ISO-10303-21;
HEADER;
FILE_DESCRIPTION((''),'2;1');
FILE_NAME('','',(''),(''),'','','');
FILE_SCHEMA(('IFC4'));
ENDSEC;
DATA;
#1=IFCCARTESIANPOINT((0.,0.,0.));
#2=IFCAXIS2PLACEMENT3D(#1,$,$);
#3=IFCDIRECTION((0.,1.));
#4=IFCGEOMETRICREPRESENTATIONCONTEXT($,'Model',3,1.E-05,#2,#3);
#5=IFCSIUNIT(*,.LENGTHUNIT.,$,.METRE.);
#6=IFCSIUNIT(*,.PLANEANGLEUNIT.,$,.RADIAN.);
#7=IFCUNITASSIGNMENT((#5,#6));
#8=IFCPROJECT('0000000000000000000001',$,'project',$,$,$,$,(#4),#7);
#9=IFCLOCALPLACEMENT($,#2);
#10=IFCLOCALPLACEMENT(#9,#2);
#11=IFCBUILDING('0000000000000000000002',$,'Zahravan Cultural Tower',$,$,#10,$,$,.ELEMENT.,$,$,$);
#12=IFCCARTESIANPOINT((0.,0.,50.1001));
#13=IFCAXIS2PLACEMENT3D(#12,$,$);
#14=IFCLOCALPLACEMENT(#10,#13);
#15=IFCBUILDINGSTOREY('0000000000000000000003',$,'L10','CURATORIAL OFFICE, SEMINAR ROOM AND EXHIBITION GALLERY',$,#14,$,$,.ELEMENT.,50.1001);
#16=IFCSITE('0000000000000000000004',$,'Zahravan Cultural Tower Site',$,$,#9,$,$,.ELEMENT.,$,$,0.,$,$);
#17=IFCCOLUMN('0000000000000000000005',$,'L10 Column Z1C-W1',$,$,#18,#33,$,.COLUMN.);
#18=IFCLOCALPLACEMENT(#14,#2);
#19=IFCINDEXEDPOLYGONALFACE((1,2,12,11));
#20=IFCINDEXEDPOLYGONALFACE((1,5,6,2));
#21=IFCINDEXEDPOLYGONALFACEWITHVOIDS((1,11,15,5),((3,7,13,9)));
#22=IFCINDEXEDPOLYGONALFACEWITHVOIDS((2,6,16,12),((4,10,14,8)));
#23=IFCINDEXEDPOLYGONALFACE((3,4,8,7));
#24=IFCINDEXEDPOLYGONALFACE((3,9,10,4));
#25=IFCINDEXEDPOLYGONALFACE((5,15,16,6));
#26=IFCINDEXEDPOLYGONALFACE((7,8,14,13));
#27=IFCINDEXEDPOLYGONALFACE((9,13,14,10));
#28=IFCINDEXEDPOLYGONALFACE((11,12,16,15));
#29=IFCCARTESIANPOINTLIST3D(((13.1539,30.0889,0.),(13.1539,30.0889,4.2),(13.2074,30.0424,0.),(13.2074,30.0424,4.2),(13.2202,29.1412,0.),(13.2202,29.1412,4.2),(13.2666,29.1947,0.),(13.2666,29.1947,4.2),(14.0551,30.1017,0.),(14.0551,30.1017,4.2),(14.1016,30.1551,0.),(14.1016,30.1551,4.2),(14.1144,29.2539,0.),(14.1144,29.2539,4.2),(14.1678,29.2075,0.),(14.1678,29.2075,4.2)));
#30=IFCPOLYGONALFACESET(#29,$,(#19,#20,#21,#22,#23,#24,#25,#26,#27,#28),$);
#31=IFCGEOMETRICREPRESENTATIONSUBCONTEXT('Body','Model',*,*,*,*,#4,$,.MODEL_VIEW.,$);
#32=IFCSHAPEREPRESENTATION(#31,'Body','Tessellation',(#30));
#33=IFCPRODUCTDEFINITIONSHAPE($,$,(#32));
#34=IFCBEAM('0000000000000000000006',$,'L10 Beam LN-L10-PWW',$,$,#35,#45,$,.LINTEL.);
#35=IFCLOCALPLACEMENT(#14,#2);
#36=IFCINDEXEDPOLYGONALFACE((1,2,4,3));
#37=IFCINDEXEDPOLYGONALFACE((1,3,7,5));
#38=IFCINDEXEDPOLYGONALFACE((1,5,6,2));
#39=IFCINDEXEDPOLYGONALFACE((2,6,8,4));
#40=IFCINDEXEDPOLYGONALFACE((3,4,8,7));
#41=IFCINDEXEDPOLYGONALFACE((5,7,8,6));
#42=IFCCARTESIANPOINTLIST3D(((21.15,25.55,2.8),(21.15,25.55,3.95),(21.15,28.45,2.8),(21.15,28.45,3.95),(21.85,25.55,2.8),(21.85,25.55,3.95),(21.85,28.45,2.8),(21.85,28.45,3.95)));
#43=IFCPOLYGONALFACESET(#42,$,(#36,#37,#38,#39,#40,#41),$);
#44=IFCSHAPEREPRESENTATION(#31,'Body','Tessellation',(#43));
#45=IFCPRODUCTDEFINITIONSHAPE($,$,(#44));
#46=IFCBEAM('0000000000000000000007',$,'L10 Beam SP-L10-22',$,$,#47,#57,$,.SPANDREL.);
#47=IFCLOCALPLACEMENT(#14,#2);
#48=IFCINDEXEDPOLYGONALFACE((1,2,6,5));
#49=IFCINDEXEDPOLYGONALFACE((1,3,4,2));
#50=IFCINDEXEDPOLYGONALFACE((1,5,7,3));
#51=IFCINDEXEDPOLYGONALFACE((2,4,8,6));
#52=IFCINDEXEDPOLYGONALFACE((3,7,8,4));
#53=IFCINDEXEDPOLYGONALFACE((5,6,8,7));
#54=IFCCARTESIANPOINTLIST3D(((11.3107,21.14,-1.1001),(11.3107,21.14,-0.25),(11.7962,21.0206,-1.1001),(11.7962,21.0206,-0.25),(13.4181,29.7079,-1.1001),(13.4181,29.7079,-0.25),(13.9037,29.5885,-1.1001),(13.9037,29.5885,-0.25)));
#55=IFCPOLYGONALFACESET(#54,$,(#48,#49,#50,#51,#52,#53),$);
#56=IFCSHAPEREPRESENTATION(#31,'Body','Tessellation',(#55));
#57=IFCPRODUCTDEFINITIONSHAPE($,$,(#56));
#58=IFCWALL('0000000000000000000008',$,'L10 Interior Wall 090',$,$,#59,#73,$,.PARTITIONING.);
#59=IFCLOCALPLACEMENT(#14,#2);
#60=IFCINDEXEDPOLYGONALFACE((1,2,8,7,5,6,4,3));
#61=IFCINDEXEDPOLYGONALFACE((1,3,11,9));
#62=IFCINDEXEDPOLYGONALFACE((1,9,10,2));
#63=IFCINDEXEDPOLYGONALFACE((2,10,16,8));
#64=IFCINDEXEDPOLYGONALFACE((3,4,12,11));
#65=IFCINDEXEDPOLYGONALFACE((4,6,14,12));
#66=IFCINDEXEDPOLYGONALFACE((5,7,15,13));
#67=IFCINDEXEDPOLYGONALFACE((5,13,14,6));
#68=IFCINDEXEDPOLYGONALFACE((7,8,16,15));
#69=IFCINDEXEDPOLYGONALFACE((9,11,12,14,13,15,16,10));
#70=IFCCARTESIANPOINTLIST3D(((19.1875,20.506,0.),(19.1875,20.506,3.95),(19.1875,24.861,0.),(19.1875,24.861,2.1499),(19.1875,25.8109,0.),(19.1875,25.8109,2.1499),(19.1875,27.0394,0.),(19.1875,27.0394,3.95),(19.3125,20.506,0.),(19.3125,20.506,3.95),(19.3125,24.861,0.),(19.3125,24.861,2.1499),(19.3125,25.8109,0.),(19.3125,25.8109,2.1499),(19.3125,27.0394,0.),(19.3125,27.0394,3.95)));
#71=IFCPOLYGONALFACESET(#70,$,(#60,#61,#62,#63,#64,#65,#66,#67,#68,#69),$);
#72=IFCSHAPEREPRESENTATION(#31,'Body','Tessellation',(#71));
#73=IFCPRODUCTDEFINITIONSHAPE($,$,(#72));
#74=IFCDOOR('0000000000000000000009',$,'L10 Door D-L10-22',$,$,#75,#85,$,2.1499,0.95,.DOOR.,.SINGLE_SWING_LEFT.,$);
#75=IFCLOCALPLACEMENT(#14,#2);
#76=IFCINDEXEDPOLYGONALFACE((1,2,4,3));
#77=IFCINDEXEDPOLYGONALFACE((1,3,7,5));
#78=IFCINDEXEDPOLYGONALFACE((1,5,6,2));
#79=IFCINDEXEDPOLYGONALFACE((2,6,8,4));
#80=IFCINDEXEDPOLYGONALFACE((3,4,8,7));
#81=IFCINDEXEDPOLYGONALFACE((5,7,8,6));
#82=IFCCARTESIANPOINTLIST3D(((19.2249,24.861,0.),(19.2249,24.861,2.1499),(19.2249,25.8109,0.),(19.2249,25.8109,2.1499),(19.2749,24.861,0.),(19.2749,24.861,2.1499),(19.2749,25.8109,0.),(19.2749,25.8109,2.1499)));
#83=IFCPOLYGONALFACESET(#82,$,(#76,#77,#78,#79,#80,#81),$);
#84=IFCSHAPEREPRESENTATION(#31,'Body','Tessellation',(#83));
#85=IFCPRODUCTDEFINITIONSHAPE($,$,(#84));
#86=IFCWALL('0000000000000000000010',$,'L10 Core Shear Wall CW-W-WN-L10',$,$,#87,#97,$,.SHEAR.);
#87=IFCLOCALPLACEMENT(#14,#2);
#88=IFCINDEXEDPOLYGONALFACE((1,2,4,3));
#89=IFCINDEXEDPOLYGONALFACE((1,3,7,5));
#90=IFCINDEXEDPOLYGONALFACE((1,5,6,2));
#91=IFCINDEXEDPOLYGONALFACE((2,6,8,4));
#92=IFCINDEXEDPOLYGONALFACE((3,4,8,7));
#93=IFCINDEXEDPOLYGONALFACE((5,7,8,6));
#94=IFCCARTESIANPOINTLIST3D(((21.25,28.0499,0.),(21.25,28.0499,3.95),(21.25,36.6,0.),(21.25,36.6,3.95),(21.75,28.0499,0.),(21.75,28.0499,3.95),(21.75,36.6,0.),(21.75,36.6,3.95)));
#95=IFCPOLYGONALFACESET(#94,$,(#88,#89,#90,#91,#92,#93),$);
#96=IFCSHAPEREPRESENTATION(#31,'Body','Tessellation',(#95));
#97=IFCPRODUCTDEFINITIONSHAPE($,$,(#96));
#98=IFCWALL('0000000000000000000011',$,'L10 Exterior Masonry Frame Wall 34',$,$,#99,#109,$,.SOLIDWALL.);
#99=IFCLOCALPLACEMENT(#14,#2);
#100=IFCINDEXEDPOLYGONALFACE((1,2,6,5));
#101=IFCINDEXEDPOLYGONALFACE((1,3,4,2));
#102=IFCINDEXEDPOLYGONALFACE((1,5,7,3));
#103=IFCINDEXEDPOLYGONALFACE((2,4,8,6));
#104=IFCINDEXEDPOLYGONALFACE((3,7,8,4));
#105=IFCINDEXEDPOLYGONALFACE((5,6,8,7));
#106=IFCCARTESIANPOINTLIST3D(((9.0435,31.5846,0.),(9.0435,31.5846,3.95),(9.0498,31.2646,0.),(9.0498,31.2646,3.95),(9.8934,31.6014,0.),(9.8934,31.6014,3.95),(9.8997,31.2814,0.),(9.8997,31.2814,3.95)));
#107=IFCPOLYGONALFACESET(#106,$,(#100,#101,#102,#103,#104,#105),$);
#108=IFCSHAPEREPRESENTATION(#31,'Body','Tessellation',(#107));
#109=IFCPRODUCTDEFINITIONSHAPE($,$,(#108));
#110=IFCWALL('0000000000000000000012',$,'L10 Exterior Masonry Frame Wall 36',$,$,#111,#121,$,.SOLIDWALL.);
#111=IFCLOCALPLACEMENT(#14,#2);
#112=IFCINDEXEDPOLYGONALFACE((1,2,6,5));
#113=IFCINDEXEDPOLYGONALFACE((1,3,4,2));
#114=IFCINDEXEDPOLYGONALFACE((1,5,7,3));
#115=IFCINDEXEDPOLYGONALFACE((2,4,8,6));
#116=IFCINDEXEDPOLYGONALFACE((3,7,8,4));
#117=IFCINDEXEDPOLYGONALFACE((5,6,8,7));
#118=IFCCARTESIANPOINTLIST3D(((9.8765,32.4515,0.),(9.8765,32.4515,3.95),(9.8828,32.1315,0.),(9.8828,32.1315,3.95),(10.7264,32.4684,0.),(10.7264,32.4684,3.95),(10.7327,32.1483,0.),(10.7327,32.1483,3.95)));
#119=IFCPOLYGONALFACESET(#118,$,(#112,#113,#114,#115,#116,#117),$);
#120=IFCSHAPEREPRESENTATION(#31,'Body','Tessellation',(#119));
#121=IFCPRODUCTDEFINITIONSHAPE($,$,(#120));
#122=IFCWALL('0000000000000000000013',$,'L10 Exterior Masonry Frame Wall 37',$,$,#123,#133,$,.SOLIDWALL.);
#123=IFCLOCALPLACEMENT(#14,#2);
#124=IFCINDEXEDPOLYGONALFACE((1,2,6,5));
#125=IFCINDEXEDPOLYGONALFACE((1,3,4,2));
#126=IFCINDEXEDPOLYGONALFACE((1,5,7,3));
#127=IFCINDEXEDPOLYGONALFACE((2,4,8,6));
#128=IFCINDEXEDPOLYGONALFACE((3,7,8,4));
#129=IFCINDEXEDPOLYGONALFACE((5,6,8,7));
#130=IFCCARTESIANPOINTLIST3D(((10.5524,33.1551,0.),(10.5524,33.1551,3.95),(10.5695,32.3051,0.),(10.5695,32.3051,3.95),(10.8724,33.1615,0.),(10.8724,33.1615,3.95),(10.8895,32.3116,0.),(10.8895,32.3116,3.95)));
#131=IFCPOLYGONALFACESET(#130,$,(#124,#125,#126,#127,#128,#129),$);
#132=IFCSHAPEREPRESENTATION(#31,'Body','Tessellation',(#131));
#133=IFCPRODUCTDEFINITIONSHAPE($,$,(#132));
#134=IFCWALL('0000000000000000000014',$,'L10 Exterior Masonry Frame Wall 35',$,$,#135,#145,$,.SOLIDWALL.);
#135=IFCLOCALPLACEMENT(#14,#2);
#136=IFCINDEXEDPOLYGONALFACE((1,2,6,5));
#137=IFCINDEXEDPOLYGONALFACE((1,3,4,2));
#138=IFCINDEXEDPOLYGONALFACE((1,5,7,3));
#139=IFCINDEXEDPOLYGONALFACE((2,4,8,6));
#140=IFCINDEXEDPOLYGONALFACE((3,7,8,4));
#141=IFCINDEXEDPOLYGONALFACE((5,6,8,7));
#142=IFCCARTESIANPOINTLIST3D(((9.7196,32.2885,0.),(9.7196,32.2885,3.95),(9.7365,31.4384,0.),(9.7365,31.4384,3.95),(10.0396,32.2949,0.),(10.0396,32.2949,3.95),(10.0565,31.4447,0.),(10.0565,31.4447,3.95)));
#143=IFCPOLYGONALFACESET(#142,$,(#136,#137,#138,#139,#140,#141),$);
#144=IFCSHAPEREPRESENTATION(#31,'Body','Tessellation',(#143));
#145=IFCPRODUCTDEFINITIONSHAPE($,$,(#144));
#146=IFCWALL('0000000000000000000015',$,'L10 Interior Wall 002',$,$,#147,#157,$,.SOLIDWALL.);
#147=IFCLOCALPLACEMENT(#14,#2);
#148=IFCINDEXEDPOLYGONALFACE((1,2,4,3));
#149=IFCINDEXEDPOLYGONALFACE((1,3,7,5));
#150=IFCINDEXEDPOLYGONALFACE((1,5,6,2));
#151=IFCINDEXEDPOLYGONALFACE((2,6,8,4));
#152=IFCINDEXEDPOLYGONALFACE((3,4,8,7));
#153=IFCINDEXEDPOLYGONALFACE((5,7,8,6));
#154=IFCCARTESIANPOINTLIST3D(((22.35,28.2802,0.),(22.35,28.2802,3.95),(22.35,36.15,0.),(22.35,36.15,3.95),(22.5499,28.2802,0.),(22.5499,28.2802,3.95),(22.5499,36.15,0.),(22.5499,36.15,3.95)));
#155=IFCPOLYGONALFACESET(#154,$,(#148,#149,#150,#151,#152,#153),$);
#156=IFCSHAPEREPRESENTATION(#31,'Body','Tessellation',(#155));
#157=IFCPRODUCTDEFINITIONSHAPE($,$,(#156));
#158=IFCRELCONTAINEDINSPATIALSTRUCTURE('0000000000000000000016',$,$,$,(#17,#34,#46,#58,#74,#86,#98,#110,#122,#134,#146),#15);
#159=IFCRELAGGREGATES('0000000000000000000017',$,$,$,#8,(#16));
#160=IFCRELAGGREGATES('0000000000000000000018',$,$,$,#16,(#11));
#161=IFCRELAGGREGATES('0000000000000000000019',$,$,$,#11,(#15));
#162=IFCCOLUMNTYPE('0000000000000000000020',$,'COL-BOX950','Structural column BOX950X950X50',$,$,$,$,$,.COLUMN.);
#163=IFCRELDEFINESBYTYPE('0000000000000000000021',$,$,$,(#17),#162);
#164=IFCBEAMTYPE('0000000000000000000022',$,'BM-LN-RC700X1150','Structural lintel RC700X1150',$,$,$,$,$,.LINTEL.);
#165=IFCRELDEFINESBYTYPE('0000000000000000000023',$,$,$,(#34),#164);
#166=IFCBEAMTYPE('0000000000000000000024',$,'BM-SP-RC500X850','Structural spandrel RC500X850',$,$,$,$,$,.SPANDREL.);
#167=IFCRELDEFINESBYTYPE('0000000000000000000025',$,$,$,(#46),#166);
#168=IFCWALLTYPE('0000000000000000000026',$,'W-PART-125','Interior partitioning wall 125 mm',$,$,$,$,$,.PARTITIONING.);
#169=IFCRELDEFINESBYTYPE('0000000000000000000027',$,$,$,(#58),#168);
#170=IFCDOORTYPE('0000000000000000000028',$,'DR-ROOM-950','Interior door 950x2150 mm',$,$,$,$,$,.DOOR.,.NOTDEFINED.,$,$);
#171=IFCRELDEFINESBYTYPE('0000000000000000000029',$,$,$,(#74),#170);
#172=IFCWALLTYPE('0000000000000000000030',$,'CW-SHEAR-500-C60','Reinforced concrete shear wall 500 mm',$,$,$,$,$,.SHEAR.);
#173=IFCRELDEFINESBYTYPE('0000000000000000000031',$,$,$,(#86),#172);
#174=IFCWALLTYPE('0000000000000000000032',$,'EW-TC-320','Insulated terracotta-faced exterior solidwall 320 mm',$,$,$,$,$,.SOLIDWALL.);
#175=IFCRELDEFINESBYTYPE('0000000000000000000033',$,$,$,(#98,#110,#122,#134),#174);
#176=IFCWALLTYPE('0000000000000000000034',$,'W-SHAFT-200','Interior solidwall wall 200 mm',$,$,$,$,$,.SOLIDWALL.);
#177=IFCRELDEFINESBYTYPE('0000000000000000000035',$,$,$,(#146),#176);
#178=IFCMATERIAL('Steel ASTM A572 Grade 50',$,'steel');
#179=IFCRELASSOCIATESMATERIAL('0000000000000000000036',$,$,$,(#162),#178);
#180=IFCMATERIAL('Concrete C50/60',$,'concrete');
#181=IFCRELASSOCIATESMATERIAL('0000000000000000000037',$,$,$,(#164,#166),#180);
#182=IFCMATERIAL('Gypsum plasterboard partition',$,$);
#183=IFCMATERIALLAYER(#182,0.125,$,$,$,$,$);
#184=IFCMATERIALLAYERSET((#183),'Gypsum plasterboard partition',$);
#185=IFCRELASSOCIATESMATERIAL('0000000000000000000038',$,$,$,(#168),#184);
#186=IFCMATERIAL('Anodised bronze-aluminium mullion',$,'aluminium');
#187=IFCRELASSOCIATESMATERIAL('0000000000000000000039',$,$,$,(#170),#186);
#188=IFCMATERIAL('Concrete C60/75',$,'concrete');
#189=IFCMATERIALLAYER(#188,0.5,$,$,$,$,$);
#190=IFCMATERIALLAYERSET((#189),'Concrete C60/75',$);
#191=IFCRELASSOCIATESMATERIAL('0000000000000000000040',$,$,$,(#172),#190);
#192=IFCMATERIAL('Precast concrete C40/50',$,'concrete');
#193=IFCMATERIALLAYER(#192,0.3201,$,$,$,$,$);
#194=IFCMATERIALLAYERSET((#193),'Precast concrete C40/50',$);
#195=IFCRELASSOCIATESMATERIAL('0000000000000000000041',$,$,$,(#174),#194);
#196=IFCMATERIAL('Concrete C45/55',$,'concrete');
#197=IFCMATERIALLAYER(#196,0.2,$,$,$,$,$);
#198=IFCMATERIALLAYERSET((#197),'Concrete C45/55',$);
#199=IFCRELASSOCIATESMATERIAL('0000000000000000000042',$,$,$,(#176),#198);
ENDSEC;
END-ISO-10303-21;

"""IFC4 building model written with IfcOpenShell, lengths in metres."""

from ifc_helpers import new_model, si_unit, direction, frame, frame_2d, origin, origin_2d, place, context, subcontext, project, spatial, rectangle, hollow_rectangle, extrude, source, transform, mapped, material, layer, layer_set, material_profile, profile_set, type_object, element, fill, save


model = new_model("IFC4")

# Units and contexts
model_context = context("Model", 3, precision=1e-05, world=origin(), true_north=direction((0.0, 1.0)))
body_context = subcontext(model_context, "Body", "Model", "MODEL_VIEW")
ifc_project = project(units=[si_unit("LENGTHUNIT", "METRE"), si_unit("PLANEANGLEUNIT", "RADIAN")], contexts=[model_context])

# Site, building, storey
site_placement = place(None, origin())
site = spatial("IfcSite", under=ifc_project, at=site_placement, Name="Zahravan Cultural Tower Site", CompositionType="ELEMENT", RefElevation=0.0)
building_placement = place(site_placement, origin())
building = spatial("IfcBuilding", under=site, at=building_placement, Name="Zahravan Cultural Tower", CompositionType="ELEMENT")
storey_placement = place(building_placement, frame((0.0, 0.0, 50.1001)))
storey = spatial("IfcBuildingStorey", under=building, at=storey_placement, Name="L10", Description="CURATORIAL OFFICE, SEMINAR ROOM AND EXHIBITION GALLERY", CompositionType="ELEMENT", Elevation=50.1001)

# Column
ifc_material_1 = material(Name="Steel ASTM A572 Grade 50", Category="steel")
ifc_material_profile_1 = material_profile(ifc_material_1, hollow_rectangle(XDim=0.95, YDim=0.95, WallThickness=0.05, at=origin_2d()), Name="BOX950X950X50")
ifc_profile_set_1 = profile_set([ifc_material_profile_1], Name="Steel ASTM A572 Grade 50")
column_type = type_object("IfcColumnType", Name="COL-BOX950", Description="Structural column BOX950X950X50", PredefinedType="COLUMN", material=ifc_profile_set_1)
shared_shape_1 = source(origin(), body_context, "Body", "SweptSolid", [
    extrude(hollow_rectangle(XDim=0.95, YDim=0.95, WallThickness=0.05, at=origin_2d()), origin(), (0.0, 0.0, 1.0), 4.2),
])
column_placement = place(storey_placement, frame((13.6609, 29.6482, 0.0), z_axis=(0.0, 0.0, 1.0), x_axis=(0.997564, 0.069756, 0.0)))
element("IfcColumn", 1, at=column_placement, inside=storey, type_object=column_type, Name="L10 Column Z1C-W1", PredefinedType="COLUMN", context=body_context, shape_type="MappedRepresentation", body=[
    mapped(shared_shape_1, transform((0.0, 0.0, 0.0), x_axis=(1.0, 0.0, 0.0), y_axis=(0.0, 1.0, 0.0), z_axis=(0.0, 0.0, 1.0), scale=1.0)),
])

# Beams
ifc_material_2 = material(Name="Concrete C50/60", Category="concrete")
ifc_material_profile_2 = material_profile(ifc_material_2, rectangle(XDim=0.7, YDim=1.1499, at=origin_2d()), Name="RC700X1150")
ifc_profile_set_2 = profile_set([ifc_material_profile_2], Name="Concrete C50/60")
beam_type_1 = type_object("IfcBeamType", Name="BM-LN-RC700X1150", Description="Structural lintel RC700X1150", PredefinedType="LINTEL", material=ifc_profile_set_2)
shared_shape_2 = source(origin(), body_context, "Body", "SweptSolid", [
    extrude(rectangle(XDim=0.7, YDim=1.1499, at=origin_2d()), origin(), (0.0, 0.0, 1.0), 2.8999),
])
beam_1_placement = place(storey_placement, frame((21.5, 25.55, 3.375), z_axis=(0.0, 1.0, 0.0), x_axis=(-1.0, 0.0, 0.0)))
element("IfcBeam", 2, at=beam_1_placement, inside=storey, type_object=beam_type_1, Name="L10 Beam LN-L10-PWW", PredefinedType="LINTEL", context=body_context, shape_type="MappedRepresentation", body=[
    mapped(shared_shape_2, transform((0.0, 0.0, 0.0), x_axis=(1.0, 0.0, 0.0), y_axis=(0.0, 1.0, 0.0), z_axis=(0.0, 0.0, 1.0), scale=1.0)),
])
ifc_material_profile_3 = material_profile(ifc_material_2, rectangle(XDim=0.5, YDim=0.8501, at=origin_2d()), Name="RC500X850")
ifc_profile_set_3 = profile_set([ifc_material_profile_3], Name="Concrete C50/60")
beam_type_2 = type_object("IfcBeamType", Name="BM-SP-RC500X850", Description="Structural spandrel RC500X850", PredefinedType="SPANDREL", material=ifc_profile_set_3)
shared_shape_3 = source(origin(), body_context, "Body", "SweptSolid", [
    extrude(rectangle(XDim=0.5, YDim=0.8501, at=origin_2d()), origin(), (0.0, 0.0, 1.0), 8.8232),
])
beam_2_placement = place(storey_placement, frame((13.6609, 29.6482, -0.675), z_axis=(-0.238849, -0.971057, 0.0), x_axis=(0.971057, -0.238849, 0.0)))
element("IfcBeam", 3, at=beam_2_placement, inside=storey, type_object=beam_type_2, Name="L10 Beam SP-L10-22", PredefinedType="SPANDREL", context=body_context, shape_type="MappedRepresentation", body=[
    mapped(shared_shape_3, transform((0.0, 0.0, 0.0), x_axis=(1.0, 0.0, 0.0), y_axis=(0.0, 1.0, 0.0), z_axis=(0.0, 0.0, 1.0), scale=1.0)),
])

# Wall, opening, door
ifc_material_3 = material(Name="Gypsum plasterboard partition")
ifc_layer_1 = layer(ifc_material_3, 0.125)
ifc_layer_set_1 = layer_set([ifc_layer_1], Name="Gypsum plasterboard partition")
wall_type_1 = type_object("IfcWallType", Name="W-PART-125", Description="Interior partitioning wall 125 mm", PredefinedType="PARTITIONING", material=ifc_layer_set_1)
wall_1_placement = place(storey_placement, frame((19.25, 27.0393, 0.0), z_axis=(0.0, 0.0, 1.0), x_axis=(0.0, -1.0, 0.0)))
wall_1 = element("IfcWall", 4, at=wall_1_placement, inside=storey, type_object=wall_type_1, Name="L10 Interior Wall 090", PredefinedType="PARTITIONING", context=body_context, shape_type="SweptSolid", body=[
    extrude(rectangle(XDim=6.5334, YDim=0.125, at=frame_2d((3.2666, 0.0))), origin(), (0.0, 0.0, 1.0), 3.95),
])
opening_placement = place(wall_1_placement, frame((1.2283, 0.0, 0.0)))
opening = element("IfcOpeningElement", 5, at=opening_placement, cuts=wall_1, PredefinedType="OPENING", context=body_context, shape_type="SweptSolid", body=[
    extrude(rectangle(XDim=0.95, YDim=2.1499, at=frame_2d((0.4751, 1.075))), frame((0.0, 0.0725, 0.0), z_axis=(0.0, -1.0, 0.0), x_axis=(1.0, 0.0, 0.0)), (0.0, 0.0, 1.0), 0.145),
])
ifc_material_4 = material(Name="Anodised bronze-aluminium mullion", Category="aluminium")
door_type = type_object("IfcDoorType", Name="DR-ROOM-950", Description="Interior door 950x2150 mm", OperationType="NOTDEFINED", PredefinedType="DOOR", material=ifc_material_4)
shared_shape_4 = source(origin(), body_context, "Body", "SweptSolid", [
    extrude(rectangle(XDim=0.95, YDim=2.1499, at=frame_2d((0.4751, 1.075))), frame((0.0, 0.0249, 0.0), z_axis=(0.0, -1.0, 0.0), x_axis=(1.0, 0.0, 0.0)), (0.0, 0.0, 1.0), 0.05),
])
door_placement = place(opening_placement, origin())
door = element("IfcDoor", 6, at=door_placement, inside=storey, type_object=door_type, Name="L10 Door D-L10-22", OperationType="SINGLE_SWING_LEFT", OverallHeight=2.1499, OverallWidth=0.95, PredefinedType="DOOR", context=body_context, shape_type="MappedRepresentation", body=[
    mapped(shared_shape_4, transform((0.0, 0.0, 0.0), x_axis=(1.0, 0.0, 0.0), y_axis=(0.0, 1.0, 0.0), z_axis=(0.0, 0.0, 1.0), scale=1.0)),
])
fill(opening, door)

# Walls
ifc_material_5 = material(Name="Concrete C60/75", Category="concrete")
ifc_layer_2 = layer(ifc_material_5, 0.5)
ifc_layer_set_2 = layer_set([ifc_layer_2], Name="Concrete C60/75")
wall_type_2 = type_object("IfcWallType", Name="CW-SHEAR-500-C60", Description="Reinforced concrete shear wall 500 mm", PredefinedType="SHEAR", material=ifc_layer_set_2)
shared_shape_5 = source(origin(), body_context, "Body", "SweptSolid", [
    extrude(rectangle(XDim=8.55, YDim=0.5, at=frame_2d((4.2749, 0.0))), origin(), (0.0, 0.0, 1.0), 3.95),
])
wall_2_placement = place(storey_placement, frame((21.5, 28.05, 0.0), z_axis=(0.0, 0.0, 1.0), x_axis=(0.0, 1.0, 0.0)))
element("IfcWall", 7, at=wall_2_placement, inside=storey, type_object=wall_type_2, Name="L10 Core Shear Wall CW-W-WN-L10", PredefinedType="SHEAR", context=body_context, shape_type="MappedRepresentation", body=[
    mapped(shared_shape_5, transform((0.0, 0.0, 0.0), x_axis=(1.0, 0.0, 0.0), y_axis=(0.0, 1.0, 0.0), z_axis=(0.0, 0.0, 1.0), scale=1.0)),
])
ifc_material_6 = material(Name="Precast concrete C40/50", Category="concrete")
ifc_layer_3 = layer(ifc_material_6, 0.3201)
ifc_layer_set_3 = layer_set([ifc_layer_3], Name="Precast concrete C40/50")
wall_type_3 = type_object("IfcWallType", Name="EW-TC-320", Description="Insulated terracotta-faced exterior solidwall 320 mm", PredefinedType="SOLIDWALL", material=ifc_layer_set_3)
shared_shape_6 = source(origin(), body_context, "Body", "SweptSolid", [
    extrude(rectangle(XDim=0.8501, YDim=0.3201, at=frame_2d((0.425, 0.0))), origin(), (0.0, 0.0, 1.0), 3.95),
])
for number, where, z_axis, x_axis, name in (
    (8, (9.0466, 31.4246, 0.0), (0.0, 0.0, 1.0), (0.999804, 0.019818, 0.0), "L10 Exterior Masonry Frame Wall 34"),
    (9, (9.8796, 32.2915, 0.0), (0.0, 0.0, 1.0), (0.999804, 0.019818, 0.0), "L10 Exterior Masonry Frame Wall 36"),
    (10, (10.7295, 32.3083, 0.0), (0.0, 0.0, 1.0), (-0.020105, 0.999798, 0.0), "L10 Exterior Masonry Frame Wall 37"),
):
    element("IfcWall", number, at=place(storey_placement, frame(where, z_axis=z_axis, x_axis=x_axis)), inside=storey, type_object=wall_type_3, Name=name, PredefinedType="SOLIDWALL", context=body_context, shape_type="MappedRepresentation", body=[
        mapped(shared_shape_6, transform((0.0, 0.0, 0.0), x_axis=(1.0, 0.0, 0.0), y_axis=(0.0, 1.0, 0.0), z_axis=(0.0, 0.0, 1.0), scale=1.0)),
    ])
shared_shape_7 = source(origin(), body_context, "Body", "SweptSolid", [
    extrude(rectangle(XDim=0.8503, YDim=0.3201, at=frame_2d((0.4253, 0.0))), origin(), (0.0, 0.0, 1.0), 3.95),
])
wall_3_placement = place(storey_placement, frame((9.8965, 31.4414, 0.0), z_axis=(0.0, 0.0, 1.0), x_axis=(-0.019812, 0.999804, 0.0)))
element("IfcWall", 11, at=wall_3_placement, inside=storey, type_object=wall_type_3, Name="L10 Exterior Masonry Frame Wall 35", PredefinedType="SOLIDWALL", context=body_context, shape_type="MappedRepresentation", body=[
    mapped(shared_shape_7, transform((0.0, 0.0, 0.0), x_axis=(1.0, 0.0, 0.0), y_axis=(0.0, 1.0, 0.0), z_axis=(0.0, 0.0, 1.0), scale=1.0)),
])
ifc_material_7 = material(Name="Concrete C45/55", Category="concrete")
ifc_layer_4 = layer(ifc_material_7, 0.2)
ifc_layer_set_4 = layer_set([ifc_layer_4], Name="Concrete C45/55")
wall_type_4 = type_object("IfcWallType", Name="W-SHAFT-200", Description="Interior solidwall wall 200 mm", PredefinedType="SOLIDWALL", material=ifc_layer_set_4)
shared_shape_8 = source(origin(), body_context, "Body", "SweptSolid", [
    extrude(rectangle(XDim=7.8699, YDim=0.2, at=frame_2d((3.9351, 0.0))), origin(), (0.0, 0.0, 1.0), 3.95),
])
wall_4_placement = place(storey_placement, frame((22.45, 28.28, 0.0), z_axis=(0.0, 0.0, 1.0), x_axis=(0.0, 1.0, 0.0)))
element("IfcWall", 12, at=wall_4_placement, inside=storey, type_object=wall_type_4, Name="L10 Interior Wall 002", PredefinedType="SOLIDWALL", context=body_context, shape_type="MappedRepresentation", body=[
    mapped(shared_shape_8, transform((0.0, 0.0, 0.0), x_axis=(1.0, 0.0, 0.0), y_axis=(0.0, 1.0, 0.0), z_axis=(0.0, 0.0, 1.0), scale=1.0)),
])

save(model, "model.ifc")
